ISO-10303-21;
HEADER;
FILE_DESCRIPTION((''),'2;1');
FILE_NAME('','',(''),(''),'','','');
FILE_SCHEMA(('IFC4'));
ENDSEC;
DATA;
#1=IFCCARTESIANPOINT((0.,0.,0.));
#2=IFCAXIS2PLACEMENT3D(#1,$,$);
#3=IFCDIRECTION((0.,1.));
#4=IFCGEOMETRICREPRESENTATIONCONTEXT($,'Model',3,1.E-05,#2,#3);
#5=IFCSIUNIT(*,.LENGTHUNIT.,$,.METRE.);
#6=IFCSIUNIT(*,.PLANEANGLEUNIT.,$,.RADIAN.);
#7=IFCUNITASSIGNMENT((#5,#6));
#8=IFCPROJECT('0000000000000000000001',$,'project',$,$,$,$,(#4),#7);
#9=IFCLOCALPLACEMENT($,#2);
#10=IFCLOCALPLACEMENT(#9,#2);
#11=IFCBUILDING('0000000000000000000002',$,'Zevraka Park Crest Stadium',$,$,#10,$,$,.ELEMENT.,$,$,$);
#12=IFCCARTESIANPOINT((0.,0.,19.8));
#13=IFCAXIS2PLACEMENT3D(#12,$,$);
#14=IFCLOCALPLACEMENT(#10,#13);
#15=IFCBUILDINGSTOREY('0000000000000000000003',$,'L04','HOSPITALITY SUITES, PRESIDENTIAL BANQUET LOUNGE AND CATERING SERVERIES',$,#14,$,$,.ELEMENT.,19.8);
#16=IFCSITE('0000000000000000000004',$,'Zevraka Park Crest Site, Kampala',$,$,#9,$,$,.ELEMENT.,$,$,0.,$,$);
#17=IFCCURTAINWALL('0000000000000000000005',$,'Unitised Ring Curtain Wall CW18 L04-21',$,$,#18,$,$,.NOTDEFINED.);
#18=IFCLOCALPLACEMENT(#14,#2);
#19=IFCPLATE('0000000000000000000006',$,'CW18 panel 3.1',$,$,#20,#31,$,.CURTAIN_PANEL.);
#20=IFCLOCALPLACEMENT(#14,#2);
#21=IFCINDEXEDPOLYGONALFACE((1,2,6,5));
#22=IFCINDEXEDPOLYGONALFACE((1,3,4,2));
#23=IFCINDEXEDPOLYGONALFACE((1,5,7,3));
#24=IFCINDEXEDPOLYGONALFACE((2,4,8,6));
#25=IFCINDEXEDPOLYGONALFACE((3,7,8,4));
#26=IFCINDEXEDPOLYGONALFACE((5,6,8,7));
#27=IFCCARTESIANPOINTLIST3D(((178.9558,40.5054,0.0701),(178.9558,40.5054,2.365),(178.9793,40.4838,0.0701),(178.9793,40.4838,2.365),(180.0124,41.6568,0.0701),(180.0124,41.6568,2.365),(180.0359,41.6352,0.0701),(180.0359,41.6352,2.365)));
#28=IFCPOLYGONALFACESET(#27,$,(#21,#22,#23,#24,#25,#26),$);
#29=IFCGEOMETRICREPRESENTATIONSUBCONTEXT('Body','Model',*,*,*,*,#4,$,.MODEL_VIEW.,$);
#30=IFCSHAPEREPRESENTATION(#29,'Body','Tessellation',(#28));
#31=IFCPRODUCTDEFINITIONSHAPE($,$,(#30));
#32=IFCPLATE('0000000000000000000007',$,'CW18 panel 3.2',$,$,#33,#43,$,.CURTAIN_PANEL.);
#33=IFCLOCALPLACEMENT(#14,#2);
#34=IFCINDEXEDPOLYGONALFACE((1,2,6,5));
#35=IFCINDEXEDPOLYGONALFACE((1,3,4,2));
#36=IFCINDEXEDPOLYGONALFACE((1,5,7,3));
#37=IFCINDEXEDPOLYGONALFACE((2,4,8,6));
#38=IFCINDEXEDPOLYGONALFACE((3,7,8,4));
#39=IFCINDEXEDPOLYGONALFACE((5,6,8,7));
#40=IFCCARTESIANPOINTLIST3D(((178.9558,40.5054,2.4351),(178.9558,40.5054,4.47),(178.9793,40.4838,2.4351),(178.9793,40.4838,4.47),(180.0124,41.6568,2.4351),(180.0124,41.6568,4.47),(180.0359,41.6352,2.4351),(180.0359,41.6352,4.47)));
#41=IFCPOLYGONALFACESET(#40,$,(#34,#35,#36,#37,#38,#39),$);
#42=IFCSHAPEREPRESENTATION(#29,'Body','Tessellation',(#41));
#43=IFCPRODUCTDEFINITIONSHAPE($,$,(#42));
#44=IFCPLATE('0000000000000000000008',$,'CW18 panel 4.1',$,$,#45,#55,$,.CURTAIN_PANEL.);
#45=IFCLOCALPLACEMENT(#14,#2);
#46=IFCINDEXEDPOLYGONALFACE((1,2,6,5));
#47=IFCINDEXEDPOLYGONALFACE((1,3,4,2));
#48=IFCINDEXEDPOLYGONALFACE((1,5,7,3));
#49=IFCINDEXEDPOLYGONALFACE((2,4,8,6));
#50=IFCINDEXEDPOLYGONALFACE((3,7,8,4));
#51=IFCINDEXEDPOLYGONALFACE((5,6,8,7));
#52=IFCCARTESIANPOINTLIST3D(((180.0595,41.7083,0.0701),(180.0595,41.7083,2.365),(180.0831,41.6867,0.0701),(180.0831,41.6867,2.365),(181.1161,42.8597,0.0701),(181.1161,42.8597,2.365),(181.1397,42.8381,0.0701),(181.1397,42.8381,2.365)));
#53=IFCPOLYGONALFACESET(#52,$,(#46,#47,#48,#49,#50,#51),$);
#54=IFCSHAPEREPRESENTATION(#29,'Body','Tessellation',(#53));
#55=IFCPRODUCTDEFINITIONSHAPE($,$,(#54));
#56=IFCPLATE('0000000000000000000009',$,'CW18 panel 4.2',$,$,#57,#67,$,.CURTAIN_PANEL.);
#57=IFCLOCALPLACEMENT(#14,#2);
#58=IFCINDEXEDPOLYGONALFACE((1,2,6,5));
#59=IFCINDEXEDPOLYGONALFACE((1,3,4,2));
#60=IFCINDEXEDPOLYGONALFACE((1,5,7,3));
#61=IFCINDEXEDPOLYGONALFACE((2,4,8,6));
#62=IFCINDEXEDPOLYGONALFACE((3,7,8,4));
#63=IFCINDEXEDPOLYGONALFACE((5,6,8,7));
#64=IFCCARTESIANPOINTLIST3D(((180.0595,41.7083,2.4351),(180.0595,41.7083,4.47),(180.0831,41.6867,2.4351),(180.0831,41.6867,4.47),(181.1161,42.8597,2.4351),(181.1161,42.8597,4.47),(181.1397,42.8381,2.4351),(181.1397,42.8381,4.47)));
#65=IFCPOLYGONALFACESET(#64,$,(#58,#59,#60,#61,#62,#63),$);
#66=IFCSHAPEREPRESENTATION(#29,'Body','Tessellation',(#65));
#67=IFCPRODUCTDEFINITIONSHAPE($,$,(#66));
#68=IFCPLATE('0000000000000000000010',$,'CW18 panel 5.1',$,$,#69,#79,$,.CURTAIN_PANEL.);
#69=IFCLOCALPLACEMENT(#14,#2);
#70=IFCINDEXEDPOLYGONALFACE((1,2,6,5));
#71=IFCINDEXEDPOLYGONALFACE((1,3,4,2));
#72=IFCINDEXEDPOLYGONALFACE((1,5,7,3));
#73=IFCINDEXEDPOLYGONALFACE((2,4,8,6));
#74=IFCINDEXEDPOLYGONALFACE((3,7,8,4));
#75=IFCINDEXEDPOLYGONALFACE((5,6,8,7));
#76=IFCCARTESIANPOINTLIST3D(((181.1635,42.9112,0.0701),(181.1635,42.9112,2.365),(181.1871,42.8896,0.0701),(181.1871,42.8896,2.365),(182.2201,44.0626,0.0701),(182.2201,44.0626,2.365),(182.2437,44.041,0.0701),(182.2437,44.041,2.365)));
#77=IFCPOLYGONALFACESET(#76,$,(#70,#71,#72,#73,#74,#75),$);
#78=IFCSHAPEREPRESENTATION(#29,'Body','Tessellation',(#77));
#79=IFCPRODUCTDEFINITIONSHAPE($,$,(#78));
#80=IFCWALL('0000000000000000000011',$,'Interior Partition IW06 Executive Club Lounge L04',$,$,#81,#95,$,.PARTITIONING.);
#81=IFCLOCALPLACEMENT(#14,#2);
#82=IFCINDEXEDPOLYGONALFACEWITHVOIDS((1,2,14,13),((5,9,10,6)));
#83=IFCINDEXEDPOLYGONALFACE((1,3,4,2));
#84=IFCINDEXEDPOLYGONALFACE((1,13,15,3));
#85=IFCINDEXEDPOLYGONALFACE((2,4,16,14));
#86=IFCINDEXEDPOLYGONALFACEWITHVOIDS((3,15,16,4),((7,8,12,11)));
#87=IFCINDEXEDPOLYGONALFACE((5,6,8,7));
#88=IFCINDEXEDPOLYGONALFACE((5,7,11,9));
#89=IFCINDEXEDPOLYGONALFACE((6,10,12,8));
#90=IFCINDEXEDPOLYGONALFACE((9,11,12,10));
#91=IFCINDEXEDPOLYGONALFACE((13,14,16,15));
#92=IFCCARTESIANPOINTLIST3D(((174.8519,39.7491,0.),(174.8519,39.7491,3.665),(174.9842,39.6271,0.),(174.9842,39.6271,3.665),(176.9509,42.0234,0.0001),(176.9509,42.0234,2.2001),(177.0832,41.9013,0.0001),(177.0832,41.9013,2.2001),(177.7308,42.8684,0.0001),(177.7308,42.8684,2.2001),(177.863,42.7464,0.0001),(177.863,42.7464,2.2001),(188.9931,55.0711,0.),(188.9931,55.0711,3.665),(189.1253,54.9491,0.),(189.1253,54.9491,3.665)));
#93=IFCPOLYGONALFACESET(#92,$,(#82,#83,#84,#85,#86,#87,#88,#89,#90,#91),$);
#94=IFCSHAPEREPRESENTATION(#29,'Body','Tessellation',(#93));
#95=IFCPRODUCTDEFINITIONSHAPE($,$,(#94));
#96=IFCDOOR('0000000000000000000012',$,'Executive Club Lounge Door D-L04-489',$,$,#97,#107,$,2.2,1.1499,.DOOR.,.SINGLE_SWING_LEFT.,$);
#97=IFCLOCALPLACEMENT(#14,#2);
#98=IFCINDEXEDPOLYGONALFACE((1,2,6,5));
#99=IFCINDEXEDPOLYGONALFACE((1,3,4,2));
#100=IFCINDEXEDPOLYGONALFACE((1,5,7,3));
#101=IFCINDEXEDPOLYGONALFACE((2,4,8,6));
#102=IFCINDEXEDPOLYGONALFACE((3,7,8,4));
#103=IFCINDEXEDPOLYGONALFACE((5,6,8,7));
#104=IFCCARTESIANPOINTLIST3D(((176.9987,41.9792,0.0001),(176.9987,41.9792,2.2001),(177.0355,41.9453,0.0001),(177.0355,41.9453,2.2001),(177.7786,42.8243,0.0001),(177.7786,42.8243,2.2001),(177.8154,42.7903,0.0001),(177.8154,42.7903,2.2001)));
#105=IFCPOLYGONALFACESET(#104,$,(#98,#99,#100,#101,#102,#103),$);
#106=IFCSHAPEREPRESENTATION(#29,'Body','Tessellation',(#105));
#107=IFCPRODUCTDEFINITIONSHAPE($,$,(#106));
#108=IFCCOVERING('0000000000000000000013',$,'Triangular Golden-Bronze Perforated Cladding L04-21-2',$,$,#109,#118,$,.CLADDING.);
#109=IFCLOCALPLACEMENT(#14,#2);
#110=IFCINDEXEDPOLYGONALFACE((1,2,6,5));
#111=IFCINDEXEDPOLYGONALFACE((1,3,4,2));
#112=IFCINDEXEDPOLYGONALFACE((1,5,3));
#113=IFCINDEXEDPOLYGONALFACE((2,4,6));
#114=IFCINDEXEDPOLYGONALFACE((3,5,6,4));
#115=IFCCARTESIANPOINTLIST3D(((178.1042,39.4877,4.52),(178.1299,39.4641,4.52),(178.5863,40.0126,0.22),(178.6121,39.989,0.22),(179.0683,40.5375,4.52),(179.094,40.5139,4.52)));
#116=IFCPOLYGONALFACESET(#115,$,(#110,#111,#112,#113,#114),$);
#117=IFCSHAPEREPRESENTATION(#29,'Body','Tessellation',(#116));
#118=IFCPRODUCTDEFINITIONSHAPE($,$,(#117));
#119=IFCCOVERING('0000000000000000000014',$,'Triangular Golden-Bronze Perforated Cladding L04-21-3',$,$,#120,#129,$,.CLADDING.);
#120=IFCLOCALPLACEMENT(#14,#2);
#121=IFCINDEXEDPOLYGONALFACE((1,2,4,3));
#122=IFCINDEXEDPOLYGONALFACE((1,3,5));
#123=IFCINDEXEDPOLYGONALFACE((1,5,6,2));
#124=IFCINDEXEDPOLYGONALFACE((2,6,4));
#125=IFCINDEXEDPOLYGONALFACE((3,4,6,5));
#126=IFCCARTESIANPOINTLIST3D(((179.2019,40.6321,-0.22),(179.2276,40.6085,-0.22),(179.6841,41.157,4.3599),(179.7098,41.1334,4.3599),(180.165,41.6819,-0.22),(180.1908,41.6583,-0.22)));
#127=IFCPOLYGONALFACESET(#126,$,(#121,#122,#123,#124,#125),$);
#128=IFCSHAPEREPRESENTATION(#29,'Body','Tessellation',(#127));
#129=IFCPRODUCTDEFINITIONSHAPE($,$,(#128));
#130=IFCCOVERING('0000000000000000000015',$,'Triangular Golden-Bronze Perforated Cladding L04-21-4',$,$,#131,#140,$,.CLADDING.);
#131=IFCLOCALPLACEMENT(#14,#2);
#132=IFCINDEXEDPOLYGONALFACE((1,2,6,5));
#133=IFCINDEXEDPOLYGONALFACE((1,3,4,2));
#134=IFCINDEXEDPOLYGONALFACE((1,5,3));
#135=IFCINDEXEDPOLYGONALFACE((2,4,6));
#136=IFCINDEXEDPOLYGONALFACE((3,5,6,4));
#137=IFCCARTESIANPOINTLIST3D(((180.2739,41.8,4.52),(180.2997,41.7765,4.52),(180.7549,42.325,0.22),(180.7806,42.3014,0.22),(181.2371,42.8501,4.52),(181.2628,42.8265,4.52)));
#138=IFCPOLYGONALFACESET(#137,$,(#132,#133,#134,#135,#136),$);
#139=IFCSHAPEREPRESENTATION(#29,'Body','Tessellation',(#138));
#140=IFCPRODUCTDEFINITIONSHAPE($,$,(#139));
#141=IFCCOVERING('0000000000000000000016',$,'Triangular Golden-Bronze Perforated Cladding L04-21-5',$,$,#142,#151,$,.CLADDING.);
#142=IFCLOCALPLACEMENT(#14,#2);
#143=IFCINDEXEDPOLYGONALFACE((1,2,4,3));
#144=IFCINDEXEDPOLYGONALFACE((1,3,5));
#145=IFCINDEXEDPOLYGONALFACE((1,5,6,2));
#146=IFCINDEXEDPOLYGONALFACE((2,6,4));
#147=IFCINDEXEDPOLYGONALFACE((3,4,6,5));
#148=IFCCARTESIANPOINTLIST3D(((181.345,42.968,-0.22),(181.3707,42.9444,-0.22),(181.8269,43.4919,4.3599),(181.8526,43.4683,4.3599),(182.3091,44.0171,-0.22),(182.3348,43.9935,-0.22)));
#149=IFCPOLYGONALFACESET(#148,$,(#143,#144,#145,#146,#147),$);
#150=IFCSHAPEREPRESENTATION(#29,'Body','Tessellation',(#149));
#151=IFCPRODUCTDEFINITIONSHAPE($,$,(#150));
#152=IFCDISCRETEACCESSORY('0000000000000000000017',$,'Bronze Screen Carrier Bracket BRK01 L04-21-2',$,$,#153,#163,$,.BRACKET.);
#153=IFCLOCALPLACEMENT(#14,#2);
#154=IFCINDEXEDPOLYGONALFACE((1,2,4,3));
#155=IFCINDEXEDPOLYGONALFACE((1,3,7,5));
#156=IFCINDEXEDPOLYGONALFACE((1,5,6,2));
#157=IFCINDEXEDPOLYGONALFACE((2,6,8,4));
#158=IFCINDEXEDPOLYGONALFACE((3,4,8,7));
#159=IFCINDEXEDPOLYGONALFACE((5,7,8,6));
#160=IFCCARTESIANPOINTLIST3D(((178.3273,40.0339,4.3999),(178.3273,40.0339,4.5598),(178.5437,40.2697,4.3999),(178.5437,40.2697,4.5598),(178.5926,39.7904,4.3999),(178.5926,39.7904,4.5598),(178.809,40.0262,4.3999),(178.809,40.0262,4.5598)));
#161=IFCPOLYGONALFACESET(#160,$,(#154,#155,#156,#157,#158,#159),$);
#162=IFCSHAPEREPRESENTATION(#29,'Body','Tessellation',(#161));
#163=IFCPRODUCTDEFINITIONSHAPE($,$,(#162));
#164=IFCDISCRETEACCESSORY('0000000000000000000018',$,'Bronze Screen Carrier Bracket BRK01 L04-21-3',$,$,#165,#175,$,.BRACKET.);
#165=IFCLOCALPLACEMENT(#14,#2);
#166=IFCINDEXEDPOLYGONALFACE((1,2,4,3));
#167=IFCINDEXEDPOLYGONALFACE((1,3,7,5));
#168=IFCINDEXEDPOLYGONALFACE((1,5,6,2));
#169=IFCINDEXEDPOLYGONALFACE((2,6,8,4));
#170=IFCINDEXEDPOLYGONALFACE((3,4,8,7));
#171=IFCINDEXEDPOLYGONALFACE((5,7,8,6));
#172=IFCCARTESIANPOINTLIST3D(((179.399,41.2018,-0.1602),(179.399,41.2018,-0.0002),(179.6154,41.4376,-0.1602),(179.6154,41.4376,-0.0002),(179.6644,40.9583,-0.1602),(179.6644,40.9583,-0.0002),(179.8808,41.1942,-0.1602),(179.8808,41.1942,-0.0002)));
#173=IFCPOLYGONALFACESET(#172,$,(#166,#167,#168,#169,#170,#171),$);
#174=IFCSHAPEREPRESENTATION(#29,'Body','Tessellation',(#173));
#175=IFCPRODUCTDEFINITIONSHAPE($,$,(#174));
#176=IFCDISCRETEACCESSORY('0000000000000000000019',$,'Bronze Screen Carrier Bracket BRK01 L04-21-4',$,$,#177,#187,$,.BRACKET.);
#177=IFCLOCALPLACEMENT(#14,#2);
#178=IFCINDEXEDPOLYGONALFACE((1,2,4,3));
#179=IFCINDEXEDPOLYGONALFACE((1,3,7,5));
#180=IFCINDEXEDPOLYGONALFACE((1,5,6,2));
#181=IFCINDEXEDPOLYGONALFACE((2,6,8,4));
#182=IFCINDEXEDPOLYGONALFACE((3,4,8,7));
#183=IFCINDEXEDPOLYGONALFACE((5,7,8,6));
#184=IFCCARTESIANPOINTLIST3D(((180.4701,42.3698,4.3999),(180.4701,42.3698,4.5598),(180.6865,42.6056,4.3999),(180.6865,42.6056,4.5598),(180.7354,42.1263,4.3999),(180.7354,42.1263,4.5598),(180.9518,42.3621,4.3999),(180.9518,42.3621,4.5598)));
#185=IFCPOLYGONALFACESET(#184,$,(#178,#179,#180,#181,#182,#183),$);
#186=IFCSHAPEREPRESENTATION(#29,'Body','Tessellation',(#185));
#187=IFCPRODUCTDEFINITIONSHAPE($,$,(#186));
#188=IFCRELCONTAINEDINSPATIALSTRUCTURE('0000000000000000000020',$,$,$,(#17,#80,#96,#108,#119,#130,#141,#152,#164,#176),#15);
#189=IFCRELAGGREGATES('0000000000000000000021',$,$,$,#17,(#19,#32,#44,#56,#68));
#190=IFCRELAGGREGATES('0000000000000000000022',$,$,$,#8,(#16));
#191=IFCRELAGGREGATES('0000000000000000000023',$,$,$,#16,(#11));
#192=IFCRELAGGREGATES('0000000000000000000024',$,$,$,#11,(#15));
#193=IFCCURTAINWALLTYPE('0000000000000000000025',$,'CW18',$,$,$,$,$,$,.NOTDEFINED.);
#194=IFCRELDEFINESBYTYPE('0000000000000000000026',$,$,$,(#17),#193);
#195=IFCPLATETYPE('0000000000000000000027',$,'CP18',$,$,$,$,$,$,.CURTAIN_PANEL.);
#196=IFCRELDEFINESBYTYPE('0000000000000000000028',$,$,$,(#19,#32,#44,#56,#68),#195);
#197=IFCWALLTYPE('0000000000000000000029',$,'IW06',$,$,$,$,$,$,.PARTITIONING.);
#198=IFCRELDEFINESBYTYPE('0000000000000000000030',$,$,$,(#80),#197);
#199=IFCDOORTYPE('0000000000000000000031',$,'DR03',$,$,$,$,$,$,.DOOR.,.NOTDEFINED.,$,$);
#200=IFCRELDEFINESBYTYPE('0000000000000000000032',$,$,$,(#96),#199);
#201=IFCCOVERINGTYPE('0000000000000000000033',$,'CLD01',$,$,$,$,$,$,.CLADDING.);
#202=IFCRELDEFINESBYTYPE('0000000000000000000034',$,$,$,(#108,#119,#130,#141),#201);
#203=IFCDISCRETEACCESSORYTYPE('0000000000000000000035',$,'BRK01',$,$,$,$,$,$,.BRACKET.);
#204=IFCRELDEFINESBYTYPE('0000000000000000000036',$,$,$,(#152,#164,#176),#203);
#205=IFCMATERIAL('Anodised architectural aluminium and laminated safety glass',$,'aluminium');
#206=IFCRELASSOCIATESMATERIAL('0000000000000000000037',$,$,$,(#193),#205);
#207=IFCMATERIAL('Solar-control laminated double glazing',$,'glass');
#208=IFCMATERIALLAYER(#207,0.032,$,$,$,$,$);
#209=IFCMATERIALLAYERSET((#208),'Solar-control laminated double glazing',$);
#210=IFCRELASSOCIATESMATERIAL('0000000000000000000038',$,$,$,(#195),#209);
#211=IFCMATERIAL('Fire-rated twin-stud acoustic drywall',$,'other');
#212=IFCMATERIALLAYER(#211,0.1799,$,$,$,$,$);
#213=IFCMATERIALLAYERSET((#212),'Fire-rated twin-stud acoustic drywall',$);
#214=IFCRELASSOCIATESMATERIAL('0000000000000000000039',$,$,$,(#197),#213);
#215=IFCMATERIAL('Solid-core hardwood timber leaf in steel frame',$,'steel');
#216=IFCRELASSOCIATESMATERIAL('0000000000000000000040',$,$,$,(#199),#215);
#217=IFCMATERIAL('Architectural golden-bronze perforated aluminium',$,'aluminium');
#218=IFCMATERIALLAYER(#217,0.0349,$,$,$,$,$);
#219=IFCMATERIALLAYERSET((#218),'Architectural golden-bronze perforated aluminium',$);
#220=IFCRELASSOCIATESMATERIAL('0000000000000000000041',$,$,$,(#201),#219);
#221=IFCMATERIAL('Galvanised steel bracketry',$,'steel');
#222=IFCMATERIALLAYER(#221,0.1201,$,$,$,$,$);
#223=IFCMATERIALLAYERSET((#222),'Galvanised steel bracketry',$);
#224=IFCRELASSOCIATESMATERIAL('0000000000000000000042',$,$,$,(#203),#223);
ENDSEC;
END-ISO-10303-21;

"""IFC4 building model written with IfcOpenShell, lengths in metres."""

from ifc_helpers import new_model, si_unit, direction, frame, frame_2d, origin, origin_2d, place, context, subcontext, project, spatial, polyline, rectangle, outline, extrude, material, layer, layer_set, type_object, element, fill, aggregate, save


model = new_model("IFC4")

# Units and contexts
model_context = context("Model", 3, precision=1e-05, world=origin(), true_north=direction((0.0, 1.0)))
body_context = subcontext(model_context, "Body", "Model", "MODEL_VIEW")
ifc_project = project(units=[si_unit("LENGTHUNIT", "METRE"), si_unit("PLANEANGLEUNIT", "RADIAN")], contexts=[model_context])

# Site, building, storey
site_placement = place(None, origin())
site = spatial("IfcSite", under=ifc_project, at=site_placement, Name="Zevraka Park Crest Site, Kampala", CompositionType="ELEMENT", RefElevation=0.0)
building_placement = place(site_placement, origin())
building = spatial("IfcBuilding", under=site, at=building_placement, Name="Zevraka Park Crest Stadium", CompositionType="ELEMENT")
storey_placement = place(building_placement, frame((0.0, 0.0, 19.8)))
storey = spatial("IfcBuildingStorey", under=building, at=storey_placement, Name="L04", Description="HOSPITALITY SUITES, PRESIDENTIAL BANQUET LOUNGE AND CATERING SERVERIES", CompositionType="ELEMENT", Elevation=19.8)

# Curtain wall, plates
ifc_material_1 = material(Name="Anodised architectural aluminium and laminated safety glass", Category="aluminium")
curtain_wall_type = type_object("IfcCurtainWallType", Name="CW18", PredefinedType="NOTDEFINED", material=ifc_material_1)
curtain_wall_placement = place(storey_placement, origin())
curtain_wall = element("IfcCurtainWall", 1, at=curtain_wall_placement, inside=storey, type_object=curtain_wall_type, Name="Unitised Ring Curtain Wall CW18 L04-21", PredefinedType="NOTDEFINED")
ifc_material_2 = material(Name="Solar-control laminated double glazing", Category="glass")
ifc_layer_1 = layer(ifc_material_2, 0.032)
ifc_layer_set_1 = layer_set([ifc_layer_1], Name="Solar-control laminated double glazing")
plate_type = type_object("IfcPlateType", Name="CP18", PredefinedType="CURTAIN_PANEL", material=ifc_layer_set_1)
plate_1_placement = place(storey_placement, frame((179.4958, 41.0703, 0.0701), z_axis=(0.0, 0.0, 1.0), x_axis=(0.676138, 0.736775, 0.0)))
plate_1 = element("IfcPlate", 2, at=plate_1_placement, type_object=plate_type, Name="CW18 panel 3.1", PredefinedType="CURTAIN_PANEL", context=body_context, shape_type="SweptSolid", body=[
    extrude(rectangle(XDim=1.5627, YDim=0.032, at=origin_2d()), origin(), (0.0, 0.0, 1.0), 2.2949),
])
plate_2_placement = place(storey_placement, frame((179.4958, 41.0703, 2.4351), z_axis=(0.0, 0.0, 1.0), x_axis=(0.676138, 0.736775, 0.0)))
plate_2 = element("IfcPlate", 3, at=plate_2_placement, type_object=plate_type, Name="CW18 panel 3.2", PredefinedType="CURTAIN_PANEL", context=body_context, shape_type="SweptSolid", body=[
    extrude(rectangle(XDim=1.5627, YDim=0.032, at=origin_2d()), origin(), (0.0, 0.0, 1.0), 2.0349),
])
plate_3_placement = place(storey_placement, frame((180.5996, 42.2732, 0.0701), z_axis=(0.0, 0.0, 1.0), x_axis=(0.676138, 0.736775, 0.0)))
plate_3 = element("IfcPlate", 4, at=plate_3_placement, type_object=plate_type, Name="CW18 panel 4.1", PredefinedType="CURTAIN_PANEL", context=body_context, shape_type="SweptSolid", body=[
    extrude(rectangle(XDim=1.5627, YDim=0.032, at=origin_2d()), origin(), (0.0, 0.0, 1.0), 2.2949),
])
plate_4_placement = place(storey_placement, frame((180.5996, 42.2732, 2.4351), z_axis=(0.0, 0.0, 1.0), x_axis=(0.676138, 0.736775, 0.0)))
plate_4 = element("IfcPlate", 5, at=plate_4_placement, type_object=plate_type, Name="CW18 panel 4.2", PredefinedType="CURTAIN_PANEL", context=body_context, shape_type="SweptSolid", body=[
    extrude(rectangle(XDim=1.5627, YDim=0.032, at=origin_2d()), origin(), (0.0, 0.0, 1.0), 2.0349),
])
plate_5_placement = place(storey_placement, frame((181.7036, 43.4761, 0.0701), z_axis=(0.0, 0.0, 1.0), x_axis=(0.676138, 0.736775, 0.0)))
plate_5 = element("IfcPlate", 6, at=plate_5_placement, type_object=plate_type, Name="CW18 panel 5.1", PredefinedType="CURTAIN_PANEL", context=body_context, shape_type="SweptSolid", body=[
    extrude(rectangle(XDim=1.5627, YDim=0.032, at=origin_2d()), origin(), (0.0, 0.0, 1.0), 2.2949),
])
aggregate(curtain_wall, [plate_1, plate_2, plate_3, plate_4, plate_5])

# Wall, opening, door
ifc_material_3 = material(Name="Fire-rated twin-stud acoustic drywall", Category="other")
ifc_layer_2 = layer(ifc_material_3, 0.1799)
ifc_layer_set_2 = layer_set([ifc_layer_2], Name="Fire-rated twin-stud acoustic drywall")
wall_type = type_object("IfcWallType", Name="IW06", PredefinedType="PARTITIONING", material=ifc_layer_set_2)
wall_placement = place(storey_placement, frame((174.918, 39.688, 0.0), z_axis=(0.0, 0.0, 1.0), x_axis=(0.678221, 0.734858, 0.0)))
wall = element("IfcWall", 7, at=wall_placement, inside=storey, type_object=wall_type, Name="Interior Partition IW06 Executive Club Lounge L04", PredefinedType="PARTITIONING", context=body_context, shape_type="SweptSolid", body=[
    extrude(rectangle(XDim=20.8503, YDim=0.1799, at=frame_2d((10.4253, 0.0))), origin(), (0.0, 0.0, 1.0), 3.665),
])
opening_placement = place(wall_placement, frame((3.095, 0.0, 0.0)))
opening = element("IfcOpeningElement", 8, at=opening_placement, cuts=wall, PredefinedType="OPENING", context=body_context, shape_type="SweptSolid", body=[
    extrude(rectangle(XDim=1.1499, YDim=2.2, at=frame_2d((0.575, 1.1001))), frame((0.0, 0.0999, 0.0), z_axis=(0.0, -1.0, 0.0), x_axis=(1.0, 0.0, 0.0)), (0.0, 0.0, 1.0), 0.2),
])
ifc_material_4 = material(Name="Solid-core hardwood timber leaf in steel frame", Category="steel")
door_type = type_object("IfcDoorType", Name="DR03", OperationType="NOTDEFINED", PredefinedType="DOOR", material=ifc_material_4)
door_placement = place(opening_placement, origin())
door = element("IfcDoor", 9, at=door_placement, inside=storey, type_object=door_type, Name="Executive Club Lounge Door D-L04-489", OperationType="SINGLE_SWING_LEFT", OverallHeight=2.2, OverallWidth=1.1499, PredefinedType="DOOR", context=body_context, shape_type="SweptSolid", body=[
    extrude(rectangle(XDim=1.1499, YDim=2.2, at=frame_2d((0.575, 1.1001))), frame((0.0, 0.0249, 0.0), z_axis=(0.0, -1.0, 0.0), x_axis=(1.0, 0.0, 0.0)), (0.0, 0.0, 1.0), 0.05),
])
fill(opening, door)

# Coverings
ifc_material_5 = material(Name="Architectural golden-bronze perforated aluminium", Category="aluminium")
ifc_layer_3 = layer(ifc_material_5, 0.0349)
ifc_layer_set_3 = layer_set([ifc_layer_3], Name="Architectural golden-bronze perforated aluminium")
covering_type = type_object("IfcCoveringType", Name="CLD01", PredefinedType="CLADDING", material=ifc_layer_set_3)
covering_1_placement = place(storey_placement, frame((179.094, 40.5139, 4.52), z_axis=(0.736528, -0.676407, 0.000021), x_axis=(-0.676407, -0.736528, 0.0)))
element("IfcCovering", 10, at=covering_1_placement, inside=storey, type_object=covering_type, Name="Triangular Golden-Bronze Perforated Cladding L04-21-2", PredefinedType="CLADDING", context=body_context, shape_type="SweptSolid", body=[
    extrude(outline(polyline([(0.0, 0.0), (1.4253, 0.0), (0.7126, 4.3), (0.0, 0.0)])), origin(), (0.0, 0.0, -1.0), 0.0349),
])
covering_2_placement = place(storey_placement, frame((179.2019, 40.6321, -0.22), z_axis=(-0.73687, 0.676035, 0.000098), x_axis=(0.676035, 0.73687, 0.0)))
element("IfcCovering", 11, at=covering_2_placement, inside=storey, type_object=covering_type, Name="Triangular Golden-Bronze Perforated Cladding L04-21-3", PredefinedType="CLADDING", context=body_context, shape_type="SweptSolid", body=[
    extrude(outline(polyline([(0.0, 0.0), (1.4247, 0.0), (0.7128, -4.5798), (0.0, 0.0)])), origin(), (0.0, 0.0, -1.0), 0.0349),
])
covering_3_placement = place(storey_placement, frame((181.2371, 42.8501, 4.52), z_axis=(-0.736948, 0.67595, 0.000085), x_axis=(-0.67595, -0.736948, 0.0)))
element("IfcCovering", 12, at=covering_3_placement, inside=storey, type_object=covering_type, Name="Triangular Golden-Bronze Perforated Cladding L04-21-4", PredefinedType="CLADDING", context=body_context, shape_type="SweptSolid", body=[
    extrude(outline(polyline([(0.0, 0.0), (1.4249, 0.0), (0.7129, -4.3), (0.0, 0.0)])), origin(), (0.0, 0.0, -1.0), 0.0349),
])
covering_4_placement = place(storey_placement, frame((181.345, 42.968, -0.22), z_axis=(-0.736293, 0.676663, 0.000071), x_axis=(0.676663, 0.736293, 0.0)))
element("IfcCovering", 13, at=covering_4_placement, inside=storey, type_object=covering_type, Name="Triangular Golden-Bronze Perforated Cladding L04-21-5", PredefinedType="CLADDING", context=body_context, shape_type="SweptSolid", body=[
    extrude(outline(polyline([(0.0, 0.0), (1.4248, 0.0), (0.7119, -4.5798), (0.0, 0.0)])), origin(), (0.0, 0.0, -1.0), 0.0349),
])

# Discrete accessories
ifc_material_6 = material(Name="Galvanised steel bracketry", Category="steel")
ifc_layer_4 = layer(ifc_material_6, 0.1201)
ifc_layer_set_4 = layer_set([ifc_layer_4], Name="Galvanised steel bracketry")
discrete_accessory_type = type_object("IfcDiscreteAccessoryType", Name="BRK01", PredefinedType="BRACKET", material=ifc_layer_set_4)
for number, where, z_axis, x_axis, name in (
    (14, (178.5681, 40.03, 4.3999), (0.0, 0.0, 1.0), (0.676105, 0.736806, 0.0), "Bronze Screen Carrier Bracket BRK01 L04-21-2"),
    (15, (179.6399, 41.198, -0.1602), (0.0, 0.0, 1.0), (0.676105, 0.736806, 0.0), "Bronze Screen Carrier Bracket BRK01 L04-21-3"),
    (16, (180.7109, 42.366, 4.3999), (0.0, 0.0, 1.0), (0.676105, 0.736806, 0.0), "Bronze Screen Carrier Bracket BRK01 L04-21-4"),
):
    element("IfcDiscreteAccessory", number, at=place(storey_placement, frame(where, z_axis=z_axis, x_axis=x_axis)), inside=storey, type_object=discrete_accessory_type, Name=name, PredefinedType="BRACKET", context=body_context, shape_type="SweptSolid", body=[
        extrude(rectangle(XDim=0.3201, YDim=0.3601, at=origin_2d()), origin(), (0.0, 0.0, 1.0), 0.1599),
    ])

save(model, "model.ifc")
